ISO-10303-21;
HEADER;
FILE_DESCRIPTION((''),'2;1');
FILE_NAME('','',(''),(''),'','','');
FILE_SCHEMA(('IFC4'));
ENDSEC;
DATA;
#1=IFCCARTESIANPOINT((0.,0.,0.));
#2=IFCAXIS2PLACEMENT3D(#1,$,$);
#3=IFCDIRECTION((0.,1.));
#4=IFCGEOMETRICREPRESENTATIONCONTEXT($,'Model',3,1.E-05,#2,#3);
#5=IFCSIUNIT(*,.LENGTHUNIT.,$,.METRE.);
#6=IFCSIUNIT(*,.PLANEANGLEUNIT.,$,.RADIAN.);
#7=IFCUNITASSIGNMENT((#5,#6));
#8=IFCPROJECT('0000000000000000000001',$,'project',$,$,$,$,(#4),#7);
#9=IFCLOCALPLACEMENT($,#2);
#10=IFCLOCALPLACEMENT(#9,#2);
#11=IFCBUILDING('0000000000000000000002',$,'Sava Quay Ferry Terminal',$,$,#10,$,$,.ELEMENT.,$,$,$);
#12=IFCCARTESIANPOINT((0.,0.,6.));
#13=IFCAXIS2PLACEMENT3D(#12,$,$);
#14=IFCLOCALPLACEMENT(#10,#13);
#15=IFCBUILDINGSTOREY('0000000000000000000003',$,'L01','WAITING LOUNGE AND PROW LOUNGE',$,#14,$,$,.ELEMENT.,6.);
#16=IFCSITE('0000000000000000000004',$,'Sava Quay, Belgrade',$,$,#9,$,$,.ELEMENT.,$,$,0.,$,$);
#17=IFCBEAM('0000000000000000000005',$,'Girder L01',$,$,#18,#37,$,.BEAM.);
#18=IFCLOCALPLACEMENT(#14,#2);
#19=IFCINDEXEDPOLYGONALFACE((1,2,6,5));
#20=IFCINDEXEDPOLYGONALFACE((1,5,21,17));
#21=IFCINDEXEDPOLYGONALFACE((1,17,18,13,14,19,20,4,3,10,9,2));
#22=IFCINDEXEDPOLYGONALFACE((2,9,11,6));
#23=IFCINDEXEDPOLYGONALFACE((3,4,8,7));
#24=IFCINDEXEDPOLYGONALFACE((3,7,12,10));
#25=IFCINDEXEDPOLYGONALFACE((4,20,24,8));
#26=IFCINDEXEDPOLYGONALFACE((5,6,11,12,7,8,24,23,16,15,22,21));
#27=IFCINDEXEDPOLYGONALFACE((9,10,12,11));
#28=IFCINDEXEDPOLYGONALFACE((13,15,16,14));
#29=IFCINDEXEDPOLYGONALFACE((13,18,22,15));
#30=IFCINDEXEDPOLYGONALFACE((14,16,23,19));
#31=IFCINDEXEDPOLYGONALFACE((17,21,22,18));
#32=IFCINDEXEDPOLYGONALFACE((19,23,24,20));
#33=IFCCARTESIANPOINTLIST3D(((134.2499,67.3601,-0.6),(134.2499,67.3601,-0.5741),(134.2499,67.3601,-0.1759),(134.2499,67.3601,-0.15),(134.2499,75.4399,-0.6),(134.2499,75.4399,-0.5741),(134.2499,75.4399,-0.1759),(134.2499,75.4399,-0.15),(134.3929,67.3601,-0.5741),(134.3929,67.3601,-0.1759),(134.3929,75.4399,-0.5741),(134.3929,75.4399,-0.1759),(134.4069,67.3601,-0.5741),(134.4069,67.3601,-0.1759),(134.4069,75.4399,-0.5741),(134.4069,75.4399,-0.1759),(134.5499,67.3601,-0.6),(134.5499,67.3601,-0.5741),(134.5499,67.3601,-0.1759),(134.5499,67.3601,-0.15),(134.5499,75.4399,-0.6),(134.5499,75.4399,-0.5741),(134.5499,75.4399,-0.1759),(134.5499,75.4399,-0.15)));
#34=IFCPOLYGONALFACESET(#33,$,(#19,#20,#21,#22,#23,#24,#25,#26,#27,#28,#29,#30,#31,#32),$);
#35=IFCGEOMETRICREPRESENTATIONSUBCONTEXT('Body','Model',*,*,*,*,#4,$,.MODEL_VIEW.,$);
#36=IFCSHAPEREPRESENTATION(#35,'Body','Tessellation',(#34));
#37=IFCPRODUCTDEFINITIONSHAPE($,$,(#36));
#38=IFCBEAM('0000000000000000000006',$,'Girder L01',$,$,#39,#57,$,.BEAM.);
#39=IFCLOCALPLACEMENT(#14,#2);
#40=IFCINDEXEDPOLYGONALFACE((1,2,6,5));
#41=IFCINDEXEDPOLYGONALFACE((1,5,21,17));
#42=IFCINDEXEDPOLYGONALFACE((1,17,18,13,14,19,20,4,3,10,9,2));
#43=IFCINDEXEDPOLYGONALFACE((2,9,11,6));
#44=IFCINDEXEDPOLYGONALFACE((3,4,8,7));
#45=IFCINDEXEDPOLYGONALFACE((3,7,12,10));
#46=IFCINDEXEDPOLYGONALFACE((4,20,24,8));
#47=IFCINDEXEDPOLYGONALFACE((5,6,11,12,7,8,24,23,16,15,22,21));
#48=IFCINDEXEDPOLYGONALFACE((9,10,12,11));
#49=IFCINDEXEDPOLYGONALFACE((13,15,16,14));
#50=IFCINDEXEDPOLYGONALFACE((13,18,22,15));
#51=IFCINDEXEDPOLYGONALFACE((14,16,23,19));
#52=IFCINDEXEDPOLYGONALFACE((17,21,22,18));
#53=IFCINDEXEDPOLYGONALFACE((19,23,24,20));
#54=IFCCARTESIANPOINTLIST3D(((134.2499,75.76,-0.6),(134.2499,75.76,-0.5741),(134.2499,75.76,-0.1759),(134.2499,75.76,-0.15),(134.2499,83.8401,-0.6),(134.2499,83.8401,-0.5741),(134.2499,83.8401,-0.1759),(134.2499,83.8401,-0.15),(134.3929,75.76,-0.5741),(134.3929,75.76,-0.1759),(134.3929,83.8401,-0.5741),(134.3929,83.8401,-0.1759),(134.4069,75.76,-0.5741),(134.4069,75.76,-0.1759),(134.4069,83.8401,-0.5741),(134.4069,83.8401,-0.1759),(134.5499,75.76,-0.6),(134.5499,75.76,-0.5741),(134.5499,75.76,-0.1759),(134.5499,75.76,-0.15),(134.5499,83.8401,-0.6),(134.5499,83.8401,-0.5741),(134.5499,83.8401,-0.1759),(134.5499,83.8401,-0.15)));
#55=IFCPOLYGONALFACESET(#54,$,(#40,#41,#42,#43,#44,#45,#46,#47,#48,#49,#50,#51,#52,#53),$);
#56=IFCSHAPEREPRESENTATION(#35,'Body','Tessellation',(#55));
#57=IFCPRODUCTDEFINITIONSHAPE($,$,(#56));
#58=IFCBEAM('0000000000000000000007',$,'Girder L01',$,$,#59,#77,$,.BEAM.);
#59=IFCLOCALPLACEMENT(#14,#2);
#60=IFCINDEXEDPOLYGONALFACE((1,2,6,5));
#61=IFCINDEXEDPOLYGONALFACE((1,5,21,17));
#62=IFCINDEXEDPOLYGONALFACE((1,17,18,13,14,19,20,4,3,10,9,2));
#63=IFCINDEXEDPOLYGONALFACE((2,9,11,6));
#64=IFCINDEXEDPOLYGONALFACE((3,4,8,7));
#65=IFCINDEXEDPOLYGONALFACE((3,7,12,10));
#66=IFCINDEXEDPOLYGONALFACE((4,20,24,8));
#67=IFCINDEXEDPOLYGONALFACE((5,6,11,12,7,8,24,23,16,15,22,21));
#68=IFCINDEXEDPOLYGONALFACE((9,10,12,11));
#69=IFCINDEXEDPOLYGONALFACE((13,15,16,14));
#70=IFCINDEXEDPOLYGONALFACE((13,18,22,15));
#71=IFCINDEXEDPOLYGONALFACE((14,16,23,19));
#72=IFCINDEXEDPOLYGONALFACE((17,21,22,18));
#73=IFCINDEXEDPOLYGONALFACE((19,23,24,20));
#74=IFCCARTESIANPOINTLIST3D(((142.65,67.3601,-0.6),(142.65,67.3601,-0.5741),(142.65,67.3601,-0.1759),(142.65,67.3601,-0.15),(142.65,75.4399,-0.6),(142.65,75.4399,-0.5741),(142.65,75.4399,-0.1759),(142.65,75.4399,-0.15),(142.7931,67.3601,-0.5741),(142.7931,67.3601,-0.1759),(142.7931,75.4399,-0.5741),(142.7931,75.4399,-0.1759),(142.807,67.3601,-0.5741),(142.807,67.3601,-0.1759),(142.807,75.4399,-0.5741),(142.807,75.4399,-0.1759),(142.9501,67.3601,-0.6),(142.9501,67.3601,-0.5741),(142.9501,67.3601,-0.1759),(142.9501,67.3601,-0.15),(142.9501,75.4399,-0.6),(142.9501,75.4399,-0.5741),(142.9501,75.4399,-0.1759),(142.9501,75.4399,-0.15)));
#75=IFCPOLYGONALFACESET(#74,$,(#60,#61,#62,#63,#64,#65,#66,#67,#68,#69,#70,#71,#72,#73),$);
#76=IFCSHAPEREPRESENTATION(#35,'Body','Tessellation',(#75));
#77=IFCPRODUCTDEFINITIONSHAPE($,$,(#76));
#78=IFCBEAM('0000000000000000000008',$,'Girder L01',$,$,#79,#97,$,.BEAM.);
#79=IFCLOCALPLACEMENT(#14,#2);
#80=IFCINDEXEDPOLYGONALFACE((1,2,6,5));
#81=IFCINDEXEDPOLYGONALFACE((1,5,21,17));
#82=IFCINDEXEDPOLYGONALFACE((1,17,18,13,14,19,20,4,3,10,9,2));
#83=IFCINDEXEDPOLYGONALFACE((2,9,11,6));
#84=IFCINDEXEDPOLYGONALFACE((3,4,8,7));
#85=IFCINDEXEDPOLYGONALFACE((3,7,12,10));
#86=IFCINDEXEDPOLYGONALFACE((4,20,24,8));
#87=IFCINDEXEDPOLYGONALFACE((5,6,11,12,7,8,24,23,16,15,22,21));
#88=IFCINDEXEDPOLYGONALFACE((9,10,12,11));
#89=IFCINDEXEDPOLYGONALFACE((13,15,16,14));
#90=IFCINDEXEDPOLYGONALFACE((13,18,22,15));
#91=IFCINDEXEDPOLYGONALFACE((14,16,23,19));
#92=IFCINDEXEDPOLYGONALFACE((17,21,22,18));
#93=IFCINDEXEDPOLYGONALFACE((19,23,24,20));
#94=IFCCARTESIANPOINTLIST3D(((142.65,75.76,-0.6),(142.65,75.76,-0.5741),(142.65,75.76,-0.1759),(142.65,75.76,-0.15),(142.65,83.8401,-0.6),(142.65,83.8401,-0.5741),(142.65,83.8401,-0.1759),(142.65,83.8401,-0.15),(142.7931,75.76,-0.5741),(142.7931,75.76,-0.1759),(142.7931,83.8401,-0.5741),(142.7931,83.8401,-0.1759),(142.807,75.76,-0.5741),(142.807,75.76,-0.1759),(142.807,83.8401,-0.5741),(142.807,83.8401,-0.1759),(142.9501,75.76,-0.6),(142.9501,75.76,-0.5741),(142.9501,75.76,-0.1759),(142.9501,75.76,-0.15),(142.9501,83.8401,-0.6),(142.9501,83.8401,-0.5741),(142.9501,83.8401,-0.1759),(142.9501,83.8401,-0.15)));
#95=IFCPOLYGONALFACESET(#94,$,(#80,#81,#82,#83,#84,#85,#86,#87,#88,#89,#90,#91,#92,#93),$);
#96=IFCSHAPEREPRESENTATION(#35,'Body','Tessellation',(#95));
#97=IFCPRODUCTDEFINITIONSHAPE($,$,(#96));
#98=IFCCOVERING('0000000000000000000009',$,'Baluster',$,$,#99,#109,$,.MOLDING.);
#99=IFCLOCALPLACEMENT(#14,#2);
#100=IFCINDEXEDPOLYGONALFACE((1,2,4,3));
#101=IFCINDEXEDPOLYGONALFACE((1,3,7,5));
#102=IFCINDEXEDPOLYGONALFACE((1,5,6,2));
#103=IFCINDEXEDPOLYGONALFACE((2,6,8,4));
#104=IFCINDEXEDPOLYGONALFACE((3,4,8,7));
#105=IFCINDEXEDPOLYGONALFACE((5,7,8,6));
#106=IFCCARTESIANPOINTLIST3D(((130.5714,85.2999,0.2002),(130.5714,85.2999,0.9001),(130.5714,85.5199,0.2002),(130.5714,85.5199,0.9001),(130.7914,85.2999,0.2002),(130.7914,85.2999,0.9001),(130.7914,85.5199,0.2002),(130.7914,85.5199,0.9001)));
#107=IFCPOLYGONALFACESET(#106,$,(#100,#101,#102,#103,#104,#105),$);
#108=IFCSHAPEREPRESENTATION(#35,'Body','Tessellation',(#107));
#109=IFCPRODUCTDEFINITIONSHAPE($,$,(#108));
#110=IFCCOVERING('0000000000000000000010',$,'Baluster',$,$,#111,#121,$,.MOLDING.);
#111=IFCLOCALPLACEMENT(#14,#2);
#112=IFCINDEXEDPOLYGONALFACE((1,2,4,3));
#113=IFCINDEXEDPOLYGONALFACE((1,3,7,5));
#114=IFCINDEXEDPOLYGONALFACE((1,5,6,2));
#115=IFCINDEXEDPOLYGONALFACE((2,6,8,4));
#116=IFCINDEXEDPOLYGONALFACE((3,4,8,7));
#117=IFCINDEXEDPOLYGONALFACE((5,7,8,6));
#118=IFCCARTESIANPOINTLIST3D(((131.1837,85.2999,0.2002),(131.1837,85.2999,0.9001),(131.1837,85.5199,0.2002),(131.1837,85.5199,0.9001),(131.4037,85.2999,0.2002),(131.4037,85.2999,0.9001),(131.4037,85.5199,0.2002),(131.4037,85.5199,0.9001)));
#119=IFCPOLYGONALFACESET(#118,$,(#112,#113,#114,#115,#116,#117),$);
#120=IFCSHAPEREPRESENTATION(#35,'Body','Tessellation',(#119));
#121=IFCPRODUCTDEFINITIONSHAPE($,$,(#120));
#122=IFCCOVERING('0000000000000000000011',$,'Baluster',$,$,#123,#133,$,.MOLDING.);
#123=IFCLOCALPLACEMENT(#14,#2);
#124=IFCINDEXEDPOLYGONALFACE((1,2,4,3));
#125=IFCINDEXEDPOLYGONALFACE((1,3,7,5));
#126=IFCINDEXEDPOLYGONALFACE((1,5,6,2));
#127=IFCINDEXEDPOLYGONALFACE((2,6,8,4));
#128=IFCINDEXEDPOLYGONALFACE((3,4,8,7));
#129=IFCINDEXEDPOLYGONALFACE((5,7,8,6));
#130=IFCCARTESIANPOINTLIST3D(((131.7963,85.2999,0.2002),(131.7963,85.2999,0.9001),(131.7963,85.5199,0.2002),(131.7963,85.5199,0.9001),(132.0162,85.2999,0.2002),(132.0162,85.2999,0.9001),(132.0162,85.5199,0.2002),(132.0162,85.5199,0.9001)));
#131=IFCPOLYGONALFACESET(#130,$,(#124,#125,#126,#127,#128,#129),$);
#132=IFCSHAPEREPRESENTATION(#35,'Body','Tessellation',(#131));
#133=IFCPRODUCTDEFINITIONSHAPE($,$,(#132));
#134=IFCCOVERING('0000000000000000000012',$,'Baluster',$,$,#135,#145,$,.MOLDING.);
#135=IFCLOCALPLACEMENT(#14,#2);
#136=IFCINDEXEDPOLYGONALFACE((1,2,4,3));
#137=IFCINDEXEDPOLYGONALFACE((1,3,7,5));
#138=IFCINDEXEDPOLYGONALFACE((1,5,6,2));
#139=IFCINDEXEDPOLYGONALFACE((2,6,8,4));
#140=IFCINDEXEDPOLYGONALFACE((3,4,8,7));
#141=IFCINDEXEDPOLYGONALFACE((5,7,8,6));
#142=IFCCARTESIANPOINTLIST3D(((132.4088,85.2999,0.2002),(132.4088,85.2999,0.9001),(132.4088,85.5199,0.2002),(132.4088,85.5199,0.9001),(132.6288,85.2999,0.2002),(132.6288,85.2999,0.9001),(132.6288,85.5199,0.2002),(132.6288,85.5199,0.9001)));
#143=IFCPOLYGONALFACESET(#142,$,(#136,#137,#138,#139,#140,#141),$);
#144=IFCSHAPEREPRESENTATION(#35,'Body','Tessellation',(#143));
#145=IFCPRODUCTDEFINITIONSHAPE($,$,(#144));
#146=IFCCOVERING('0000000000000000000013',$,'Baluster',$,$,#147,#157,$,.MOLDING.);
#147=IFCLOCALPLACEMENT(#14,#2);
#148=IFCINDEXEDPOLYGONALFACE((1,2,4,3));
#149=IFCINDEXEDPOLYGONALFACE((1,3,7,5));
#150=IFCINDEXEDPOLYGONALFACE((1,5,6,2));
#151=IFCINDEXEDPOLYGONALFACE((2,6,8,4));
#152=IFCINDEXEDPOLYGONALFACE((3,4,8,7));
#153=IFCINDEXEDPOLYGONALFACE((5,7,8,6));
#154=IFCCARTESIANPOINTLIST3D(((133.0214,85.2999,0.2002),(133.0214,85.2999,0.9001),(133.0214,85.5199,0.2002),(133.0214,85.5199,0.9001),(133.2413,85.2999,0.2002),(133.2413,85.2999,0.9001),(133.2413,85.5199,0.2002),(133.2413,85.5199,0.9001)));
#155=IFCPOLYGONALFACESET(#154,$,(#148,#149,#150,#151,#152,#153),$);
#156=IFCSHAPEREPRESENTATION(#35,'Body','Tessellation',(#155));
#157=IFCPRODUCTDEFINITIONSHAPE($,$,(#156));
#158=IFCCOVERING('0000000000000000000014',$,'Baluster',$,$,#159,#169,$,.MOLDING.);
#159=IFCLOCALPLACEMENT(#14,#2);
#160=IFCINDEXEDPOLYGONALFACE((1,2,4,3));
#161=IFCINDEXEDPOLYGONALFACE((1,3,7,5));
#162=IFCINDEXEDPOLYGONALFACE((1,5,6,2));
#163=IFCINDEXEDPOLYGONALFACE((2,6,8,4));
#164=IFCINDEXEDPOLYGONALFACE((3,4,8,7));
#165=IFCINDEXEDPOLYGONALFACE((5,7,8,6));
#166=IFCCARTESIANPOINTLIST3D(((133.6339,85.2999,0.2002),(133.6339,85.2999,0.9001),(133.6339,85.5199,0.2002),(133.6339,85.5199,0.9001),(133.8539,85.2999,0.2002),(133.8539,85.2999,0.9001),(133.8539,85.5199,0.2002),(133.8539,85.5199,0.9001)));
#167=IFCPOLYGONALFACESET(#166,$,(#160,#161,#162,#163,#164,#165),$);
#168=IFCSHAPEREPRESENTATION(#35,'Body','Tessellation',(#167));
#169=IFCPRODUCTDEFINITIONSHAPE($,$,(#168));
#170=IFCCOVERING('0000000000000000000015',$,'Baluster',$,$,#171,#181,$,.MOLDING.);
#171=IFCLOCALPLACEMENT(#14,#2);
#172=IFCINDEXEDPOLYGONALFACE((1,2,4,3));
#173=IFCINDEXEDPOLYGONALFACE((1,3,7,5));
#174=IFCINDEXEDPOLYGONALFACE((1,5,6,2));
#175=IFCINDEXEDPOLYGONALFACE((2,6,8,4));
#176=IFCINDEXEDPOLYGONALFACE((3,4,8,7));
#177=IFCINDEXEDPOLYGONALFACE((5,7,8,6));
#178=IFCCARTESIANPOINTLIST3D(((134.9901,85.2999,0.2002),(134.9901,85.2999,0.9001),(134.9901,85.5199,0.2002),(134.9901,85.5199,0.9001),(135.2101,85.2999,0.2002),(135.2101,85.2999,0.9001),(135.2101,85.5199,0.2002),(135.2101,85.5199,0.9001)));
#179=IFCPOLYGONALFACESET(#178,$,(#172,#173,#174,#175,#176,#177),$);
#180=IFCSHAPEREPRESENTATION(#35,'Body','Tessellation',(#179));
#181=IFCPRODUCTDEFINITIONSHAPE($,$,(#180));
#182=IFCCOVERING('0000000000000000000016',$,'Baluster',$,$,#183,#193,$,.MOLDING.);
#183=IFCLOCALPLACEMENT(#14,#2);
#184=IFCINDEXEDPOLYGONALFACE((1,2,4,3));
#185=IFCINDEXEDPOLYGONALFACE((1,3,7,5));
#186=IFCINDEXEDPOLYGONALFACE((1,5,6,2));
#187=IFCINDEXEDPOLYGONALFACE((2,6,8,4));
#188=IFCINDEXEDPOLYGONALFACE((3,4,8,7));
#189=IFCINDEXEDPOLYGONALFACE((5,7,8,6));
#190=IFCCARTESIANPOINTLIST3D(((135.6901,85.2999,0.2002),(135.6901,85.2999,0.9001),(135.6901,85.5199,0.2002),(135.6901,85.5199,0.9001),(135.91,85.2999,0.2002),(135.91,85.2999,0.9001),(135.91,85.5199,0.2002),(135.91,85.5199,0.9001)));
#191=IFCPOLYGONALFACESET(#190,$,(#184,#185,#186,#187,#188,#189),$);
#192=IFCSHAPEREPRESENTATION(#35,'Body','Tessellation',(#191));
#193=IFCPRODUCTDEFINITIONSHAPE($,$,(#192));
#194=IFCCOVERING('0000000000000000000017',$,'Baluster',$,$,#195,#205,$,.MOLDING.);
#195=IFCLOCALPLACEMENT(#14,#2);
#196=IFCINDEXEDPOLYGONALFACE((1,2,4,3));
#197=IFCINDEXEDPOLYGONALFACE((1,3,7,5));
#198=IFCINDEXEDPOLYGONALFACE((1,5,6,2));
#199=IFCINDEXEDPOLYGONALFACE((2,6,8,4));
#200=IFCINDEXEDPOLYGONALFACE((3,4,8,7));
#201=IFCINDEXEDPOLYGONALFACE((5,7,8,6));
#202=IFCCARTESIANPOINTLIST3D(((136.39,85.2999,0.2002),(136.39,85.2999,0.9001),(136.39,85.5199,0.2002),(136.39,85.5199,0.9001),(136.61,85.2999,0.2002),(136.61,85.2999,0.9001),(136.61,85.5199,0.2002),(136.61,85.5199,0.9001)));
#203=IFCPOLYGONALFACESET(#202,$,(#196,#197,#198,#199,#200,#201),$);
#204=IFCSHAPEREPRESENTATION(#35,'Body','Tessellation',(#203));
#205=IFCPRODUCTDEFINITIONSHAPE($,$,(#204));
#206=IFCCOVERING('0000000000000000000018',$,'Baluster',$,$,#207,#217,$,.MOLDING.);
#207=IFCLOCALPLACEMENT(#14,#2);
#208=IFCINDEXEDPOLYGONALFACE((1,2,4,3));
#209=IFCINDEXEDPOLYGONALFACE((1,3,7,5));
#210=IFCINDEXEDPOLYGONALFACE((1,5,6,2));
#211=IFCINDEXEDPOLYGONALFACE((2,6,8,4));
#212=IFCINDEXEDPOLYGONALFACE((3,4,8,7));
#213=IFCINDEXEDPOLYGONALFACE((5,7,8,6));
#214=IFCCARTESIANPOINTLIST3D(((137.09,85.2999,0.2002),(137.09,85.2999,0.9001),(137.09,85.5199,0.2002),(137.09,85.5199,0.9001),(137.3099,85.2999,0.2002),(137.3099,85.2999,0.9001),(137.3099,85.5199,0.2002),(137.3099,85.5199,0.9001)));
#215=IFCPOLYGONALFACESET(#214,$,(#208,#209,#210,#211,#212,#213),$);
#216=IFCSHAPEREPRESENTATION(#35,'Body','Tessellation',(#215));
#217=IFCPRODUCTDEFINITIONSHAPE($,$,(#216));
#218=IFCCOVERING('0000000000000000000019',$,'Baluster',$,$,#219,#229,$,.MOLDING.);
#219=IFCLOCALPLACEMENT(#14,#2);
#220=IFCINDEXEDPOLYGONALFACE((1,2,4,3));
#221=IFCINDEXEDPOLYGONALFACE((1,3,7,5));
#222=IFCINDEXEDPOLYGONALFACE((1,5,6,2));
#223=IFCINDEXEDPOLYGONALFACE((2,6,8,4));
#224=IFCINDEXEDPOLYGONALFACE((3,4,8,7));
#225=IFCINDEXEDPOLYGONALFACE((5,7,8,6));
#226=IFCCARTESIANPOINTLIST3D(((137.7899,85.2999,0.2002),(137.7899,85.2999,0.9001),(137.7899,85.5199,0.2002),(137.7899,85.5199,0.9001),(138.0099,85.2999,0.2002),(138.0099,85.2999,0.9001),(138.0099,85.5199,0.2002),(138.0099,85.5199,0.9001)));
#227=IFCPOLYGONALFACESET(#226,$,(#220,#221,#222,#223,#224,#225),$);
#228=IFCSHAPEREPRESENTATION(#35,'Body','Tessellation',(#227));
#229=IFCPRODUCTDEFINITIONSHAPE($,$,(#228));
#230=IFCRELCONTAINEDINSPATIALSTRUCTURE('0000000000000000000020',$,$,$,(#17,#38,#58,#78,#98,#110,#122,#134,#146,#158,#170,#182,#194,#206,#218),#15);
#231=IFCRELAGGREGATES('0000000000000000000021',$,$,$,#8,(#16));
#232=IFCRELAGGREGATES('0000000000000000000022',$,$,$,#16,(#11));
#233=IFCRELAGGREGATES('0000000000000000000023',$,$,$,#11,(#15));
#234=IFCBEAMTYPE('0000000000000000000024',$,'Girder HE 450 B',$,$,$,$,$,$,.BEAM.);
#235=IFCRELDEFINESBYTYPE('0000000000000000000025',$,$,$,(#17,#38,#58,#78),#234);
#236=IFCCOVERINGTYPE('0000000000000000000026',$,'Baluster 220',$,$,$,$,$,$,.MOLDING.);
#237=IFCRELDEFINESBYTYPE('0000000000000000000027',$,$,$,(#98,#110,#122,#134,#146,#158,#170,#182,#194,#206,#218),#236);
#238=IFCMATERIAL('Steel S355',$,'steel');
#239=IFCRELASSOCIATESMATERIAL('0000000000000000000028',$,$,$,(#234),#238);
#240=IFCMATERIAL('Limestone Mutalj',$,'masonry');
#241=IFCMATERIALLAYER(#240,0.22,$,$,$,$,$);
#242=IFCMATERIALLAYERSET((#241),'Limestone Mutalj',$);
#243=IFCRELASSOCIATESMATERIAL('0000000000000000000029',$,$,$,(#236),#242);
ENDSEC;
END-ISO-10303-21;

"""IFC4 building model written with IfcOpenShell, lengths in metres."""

from ifc_helpers import new_model, si_unit, direction, frame, origin, origin_2d, place, context, subcontext, project, spatial, rectangle, i_section, extrude, material, layer, layer_set, material_profile, profile_set, type_object, element, save


model = new_model("IFC4")

# Units and contexts
model_context = context("Model", 3, precision=1e-05, world=origin(), true_north=direction((0.0, 1.0)))
body_context = subcontext(model_context, "Body", "Model", "MODEL_VIEW")
ifc_project = project(units=[si_unit("LENGTHUNIT", "METRE"), si_unit("PLANEANGLEUNIT", "RADIAN")], contexts=[model_context])

# Site, building, storey
site_placement = place(None, origin())
site = spatial("IfcSite", under=ifc_project, at=site_placement, Name="Sava Quay, Belgrade", CompositionType="ELEMENT", RefElevation=0.0)
building_placement = place(site_placement, origin())
building = spatial("IfcBuilding", under=site, at=building_placement, Name="Sava Quay Ferry Terminal", CompositionType="ELEMENT")
storey_placement = place(building_placement, frame((0.0, 0.0, 6.0)))
storey = spatial("IfcBuildingStorey", under=building, at=storey_placement, Name="L01", Description="WAITING LOUNGE AND PROW LOUNGE", CompositionType="ELEMENT", Elevation=6.0)

# Beams
ifc_material_1 = material(Name="Steel S355", Category="steel")
ifc_material_profile_1 = material_profile(ifc_material_1, i_section(OverallWidth=0.3, OverallDepth=0.45, WebThickness=0.0139, FlangeThickness=0.0259, at=origin_2d()), Name="HE 450 B")
ifc_profile_set_1 = profile_set([ifc_material_profile_1], Name="Steel S355")
beam_type_1 = type_object("IfcBeamType", Name="Girder HE 450 B", PredefinedType="BEAM", material=ifc_profile_set_1)
beam_1_placement = place(storey_placement, frame((134.3999, 67.3601, -0.375), z_axis=(0.0, 1.0, 0.0), x_axis=(-1.0, 0.0, 0.0)))
element("IfcBeam", 1, at=beam_1_placement, inside=storey, type_object=beam_type_1, Name="Girder L01", PredefinedType="BEAM", context=body_context, shape_type="SweptSolid", body=[
    extrude(i_section(OverallWidth=0.3, OverallDepth=0.45, WebThickness=0.0139, FlangeThickness=0.0259, at=origin_2d()), origin(), (0.0, 0.0, 1.0), 8.0798),
])
beam_2_placement = place(storey_placement, frame((134.3999, 75.76, -0.375), z_axis=(0.0, 1.0, 0.0), x_axis=(-1.0, 0.0, 0.0)))
element("IfcBeam", 2, at=beam_2_placement, inside=storey, type_object=beam_type_1, Name="Girder L01", PredefinedType="BEAM", context=body_context, shape_type="SweptSolid", body=[
    extrude(i_section(OverallWidth=0.3, OverallDepth=0.45, WebThickness=0.0139, FlangeThickness=0.0259, at=origin_2d()), origin(), (0.0, 0.0, 1.0), 8.0801),
])
beam_3_placement = place(storey_placement, frame((142.8, 67.3601, -0.375), z_axis=(0.0, 1.0, 0.0), x_axis=(-1.0, 0.0, 0.0)))
element("IfcBeam", 3, at=beam_3_placement, inside=storey, type_object=beam_type_1, Name="Girder L01", PredefinedType="BEAM", context=body_context, shape_type="SweptSolid", body=[
    extrude(i_section(OverallWidth=0.3, OverallDepth=0.45, WebThickness=0.0139, FlangeThickness=0.0259, at=origin_2d()), origin(), (0.0, 0.0, 1.0), 8.0798),
])
beam_4_placement = place(storey_placement, frame((142.8, 75.76, -0.375), z_axis=(0.0, 1.0, 0.0), x_axis=(-1.0, 0.0, 0.0)))
element("IfcBeam", 4, at=beam_4_placement, inside=storey, type_object=beam_type_1, Name="Girder L01", PredefinedType="BEAM", context=body_context, shape_type="SweptSolid", body=[
    extrude(i_section(OverallWidth=0.3, OverallDepth=0.45, WebThickness=0.0139, FlangeThickness=0.0259, at=origin_2d()), origin(), (0.0, 0.0, 1.0), 8.0801),
])

# Coverings
ifc_material_2 = material(Name="Limestone Mutalj", Category="masonry")
ifc_layer_1 = layer(ifc_material_2, 0.22)
ifc_layer_set_1 = layer_set([ifc_layer_1], Name="Limestone Mutalj")
covering_type_1 = type_object("IfcCoveringType", Name="Baluster 220", PredefinedType="MOLDING", material=ifc_layer_set_1)
for number, where, z_axis, x_axis, name in (
    (5, (130.6814, 85.4099, 0.2002), (0.0, 0.0, 1.0), (1.0, 0.0, 0.0), "Baluster"),
    (6, (131.2937, 85.4099, 0.2002), (0.0, 0.0, 1.0), (1.0, 0.0, 0.0), "Baluster"),
    (7, (131.9062, 85.4099, 0.2002), (0.0, 0.0, 1.0), (1.0, 0.0, 0.0), "Baluster"),
    (8, (132.5188, 85.4099, 0.2002), (0.0, 0.0, 1.0), (1.0, 0.0, 0.0), "Baluster"),
    (9, (133.1313, 85.4099, 0.2002), (0.0, 0.0, 1.0), (1.0, 0.0, 0.0), "Baluster"),
    (10, (133.7439, 85.4099, 0.2002), (0.0, 0.0, 1.0), (1.0, 0.0, 0.0), "Baluster"),
    (11, (135.1001, 85.4099, 0.2002), (0.0, 0.0, 1.0), (1.0, 0.0, 0.0), "Baluster"),
    (12, (135.8, 85.4099, 0.2002), (0.0, 0.0, 1.0), (1.0, 0.0, 0.0), "Baluster"),
    (13, (136.5, 85.4099, 0.2002), (0.0, 0.0, 1.0), (1.0, 0.0, 0.0), "Baluster"),
    (14, (137.2, 85.4099, 0.2002), (0.0, 0.0, 1.0), (1.0, 0.0, 0.0), "Baluster"),
    (15, (137.8999, 85.4099, 0.2002), (0.0, 0.0, 1.0), (1.0, 0.0, 0.0), "Baluster"),
):
    element("IfcCovering", number, at=place(storey_placement, frame(where, z_axis=z_axis, x_axis=x_axis)), inside=storey, type_object=covering_type_1, Name=name, PredefinedType="MOLDING", context=body_context, shape_type="SweptSolid", body=[
        extrude(rectangle(XDim=0.22, YDim=0.22, at=origin_2d()), origin(), (0.0, 0.0, 1.0), 0.7),
    ])

save(model, "model.ifc")
